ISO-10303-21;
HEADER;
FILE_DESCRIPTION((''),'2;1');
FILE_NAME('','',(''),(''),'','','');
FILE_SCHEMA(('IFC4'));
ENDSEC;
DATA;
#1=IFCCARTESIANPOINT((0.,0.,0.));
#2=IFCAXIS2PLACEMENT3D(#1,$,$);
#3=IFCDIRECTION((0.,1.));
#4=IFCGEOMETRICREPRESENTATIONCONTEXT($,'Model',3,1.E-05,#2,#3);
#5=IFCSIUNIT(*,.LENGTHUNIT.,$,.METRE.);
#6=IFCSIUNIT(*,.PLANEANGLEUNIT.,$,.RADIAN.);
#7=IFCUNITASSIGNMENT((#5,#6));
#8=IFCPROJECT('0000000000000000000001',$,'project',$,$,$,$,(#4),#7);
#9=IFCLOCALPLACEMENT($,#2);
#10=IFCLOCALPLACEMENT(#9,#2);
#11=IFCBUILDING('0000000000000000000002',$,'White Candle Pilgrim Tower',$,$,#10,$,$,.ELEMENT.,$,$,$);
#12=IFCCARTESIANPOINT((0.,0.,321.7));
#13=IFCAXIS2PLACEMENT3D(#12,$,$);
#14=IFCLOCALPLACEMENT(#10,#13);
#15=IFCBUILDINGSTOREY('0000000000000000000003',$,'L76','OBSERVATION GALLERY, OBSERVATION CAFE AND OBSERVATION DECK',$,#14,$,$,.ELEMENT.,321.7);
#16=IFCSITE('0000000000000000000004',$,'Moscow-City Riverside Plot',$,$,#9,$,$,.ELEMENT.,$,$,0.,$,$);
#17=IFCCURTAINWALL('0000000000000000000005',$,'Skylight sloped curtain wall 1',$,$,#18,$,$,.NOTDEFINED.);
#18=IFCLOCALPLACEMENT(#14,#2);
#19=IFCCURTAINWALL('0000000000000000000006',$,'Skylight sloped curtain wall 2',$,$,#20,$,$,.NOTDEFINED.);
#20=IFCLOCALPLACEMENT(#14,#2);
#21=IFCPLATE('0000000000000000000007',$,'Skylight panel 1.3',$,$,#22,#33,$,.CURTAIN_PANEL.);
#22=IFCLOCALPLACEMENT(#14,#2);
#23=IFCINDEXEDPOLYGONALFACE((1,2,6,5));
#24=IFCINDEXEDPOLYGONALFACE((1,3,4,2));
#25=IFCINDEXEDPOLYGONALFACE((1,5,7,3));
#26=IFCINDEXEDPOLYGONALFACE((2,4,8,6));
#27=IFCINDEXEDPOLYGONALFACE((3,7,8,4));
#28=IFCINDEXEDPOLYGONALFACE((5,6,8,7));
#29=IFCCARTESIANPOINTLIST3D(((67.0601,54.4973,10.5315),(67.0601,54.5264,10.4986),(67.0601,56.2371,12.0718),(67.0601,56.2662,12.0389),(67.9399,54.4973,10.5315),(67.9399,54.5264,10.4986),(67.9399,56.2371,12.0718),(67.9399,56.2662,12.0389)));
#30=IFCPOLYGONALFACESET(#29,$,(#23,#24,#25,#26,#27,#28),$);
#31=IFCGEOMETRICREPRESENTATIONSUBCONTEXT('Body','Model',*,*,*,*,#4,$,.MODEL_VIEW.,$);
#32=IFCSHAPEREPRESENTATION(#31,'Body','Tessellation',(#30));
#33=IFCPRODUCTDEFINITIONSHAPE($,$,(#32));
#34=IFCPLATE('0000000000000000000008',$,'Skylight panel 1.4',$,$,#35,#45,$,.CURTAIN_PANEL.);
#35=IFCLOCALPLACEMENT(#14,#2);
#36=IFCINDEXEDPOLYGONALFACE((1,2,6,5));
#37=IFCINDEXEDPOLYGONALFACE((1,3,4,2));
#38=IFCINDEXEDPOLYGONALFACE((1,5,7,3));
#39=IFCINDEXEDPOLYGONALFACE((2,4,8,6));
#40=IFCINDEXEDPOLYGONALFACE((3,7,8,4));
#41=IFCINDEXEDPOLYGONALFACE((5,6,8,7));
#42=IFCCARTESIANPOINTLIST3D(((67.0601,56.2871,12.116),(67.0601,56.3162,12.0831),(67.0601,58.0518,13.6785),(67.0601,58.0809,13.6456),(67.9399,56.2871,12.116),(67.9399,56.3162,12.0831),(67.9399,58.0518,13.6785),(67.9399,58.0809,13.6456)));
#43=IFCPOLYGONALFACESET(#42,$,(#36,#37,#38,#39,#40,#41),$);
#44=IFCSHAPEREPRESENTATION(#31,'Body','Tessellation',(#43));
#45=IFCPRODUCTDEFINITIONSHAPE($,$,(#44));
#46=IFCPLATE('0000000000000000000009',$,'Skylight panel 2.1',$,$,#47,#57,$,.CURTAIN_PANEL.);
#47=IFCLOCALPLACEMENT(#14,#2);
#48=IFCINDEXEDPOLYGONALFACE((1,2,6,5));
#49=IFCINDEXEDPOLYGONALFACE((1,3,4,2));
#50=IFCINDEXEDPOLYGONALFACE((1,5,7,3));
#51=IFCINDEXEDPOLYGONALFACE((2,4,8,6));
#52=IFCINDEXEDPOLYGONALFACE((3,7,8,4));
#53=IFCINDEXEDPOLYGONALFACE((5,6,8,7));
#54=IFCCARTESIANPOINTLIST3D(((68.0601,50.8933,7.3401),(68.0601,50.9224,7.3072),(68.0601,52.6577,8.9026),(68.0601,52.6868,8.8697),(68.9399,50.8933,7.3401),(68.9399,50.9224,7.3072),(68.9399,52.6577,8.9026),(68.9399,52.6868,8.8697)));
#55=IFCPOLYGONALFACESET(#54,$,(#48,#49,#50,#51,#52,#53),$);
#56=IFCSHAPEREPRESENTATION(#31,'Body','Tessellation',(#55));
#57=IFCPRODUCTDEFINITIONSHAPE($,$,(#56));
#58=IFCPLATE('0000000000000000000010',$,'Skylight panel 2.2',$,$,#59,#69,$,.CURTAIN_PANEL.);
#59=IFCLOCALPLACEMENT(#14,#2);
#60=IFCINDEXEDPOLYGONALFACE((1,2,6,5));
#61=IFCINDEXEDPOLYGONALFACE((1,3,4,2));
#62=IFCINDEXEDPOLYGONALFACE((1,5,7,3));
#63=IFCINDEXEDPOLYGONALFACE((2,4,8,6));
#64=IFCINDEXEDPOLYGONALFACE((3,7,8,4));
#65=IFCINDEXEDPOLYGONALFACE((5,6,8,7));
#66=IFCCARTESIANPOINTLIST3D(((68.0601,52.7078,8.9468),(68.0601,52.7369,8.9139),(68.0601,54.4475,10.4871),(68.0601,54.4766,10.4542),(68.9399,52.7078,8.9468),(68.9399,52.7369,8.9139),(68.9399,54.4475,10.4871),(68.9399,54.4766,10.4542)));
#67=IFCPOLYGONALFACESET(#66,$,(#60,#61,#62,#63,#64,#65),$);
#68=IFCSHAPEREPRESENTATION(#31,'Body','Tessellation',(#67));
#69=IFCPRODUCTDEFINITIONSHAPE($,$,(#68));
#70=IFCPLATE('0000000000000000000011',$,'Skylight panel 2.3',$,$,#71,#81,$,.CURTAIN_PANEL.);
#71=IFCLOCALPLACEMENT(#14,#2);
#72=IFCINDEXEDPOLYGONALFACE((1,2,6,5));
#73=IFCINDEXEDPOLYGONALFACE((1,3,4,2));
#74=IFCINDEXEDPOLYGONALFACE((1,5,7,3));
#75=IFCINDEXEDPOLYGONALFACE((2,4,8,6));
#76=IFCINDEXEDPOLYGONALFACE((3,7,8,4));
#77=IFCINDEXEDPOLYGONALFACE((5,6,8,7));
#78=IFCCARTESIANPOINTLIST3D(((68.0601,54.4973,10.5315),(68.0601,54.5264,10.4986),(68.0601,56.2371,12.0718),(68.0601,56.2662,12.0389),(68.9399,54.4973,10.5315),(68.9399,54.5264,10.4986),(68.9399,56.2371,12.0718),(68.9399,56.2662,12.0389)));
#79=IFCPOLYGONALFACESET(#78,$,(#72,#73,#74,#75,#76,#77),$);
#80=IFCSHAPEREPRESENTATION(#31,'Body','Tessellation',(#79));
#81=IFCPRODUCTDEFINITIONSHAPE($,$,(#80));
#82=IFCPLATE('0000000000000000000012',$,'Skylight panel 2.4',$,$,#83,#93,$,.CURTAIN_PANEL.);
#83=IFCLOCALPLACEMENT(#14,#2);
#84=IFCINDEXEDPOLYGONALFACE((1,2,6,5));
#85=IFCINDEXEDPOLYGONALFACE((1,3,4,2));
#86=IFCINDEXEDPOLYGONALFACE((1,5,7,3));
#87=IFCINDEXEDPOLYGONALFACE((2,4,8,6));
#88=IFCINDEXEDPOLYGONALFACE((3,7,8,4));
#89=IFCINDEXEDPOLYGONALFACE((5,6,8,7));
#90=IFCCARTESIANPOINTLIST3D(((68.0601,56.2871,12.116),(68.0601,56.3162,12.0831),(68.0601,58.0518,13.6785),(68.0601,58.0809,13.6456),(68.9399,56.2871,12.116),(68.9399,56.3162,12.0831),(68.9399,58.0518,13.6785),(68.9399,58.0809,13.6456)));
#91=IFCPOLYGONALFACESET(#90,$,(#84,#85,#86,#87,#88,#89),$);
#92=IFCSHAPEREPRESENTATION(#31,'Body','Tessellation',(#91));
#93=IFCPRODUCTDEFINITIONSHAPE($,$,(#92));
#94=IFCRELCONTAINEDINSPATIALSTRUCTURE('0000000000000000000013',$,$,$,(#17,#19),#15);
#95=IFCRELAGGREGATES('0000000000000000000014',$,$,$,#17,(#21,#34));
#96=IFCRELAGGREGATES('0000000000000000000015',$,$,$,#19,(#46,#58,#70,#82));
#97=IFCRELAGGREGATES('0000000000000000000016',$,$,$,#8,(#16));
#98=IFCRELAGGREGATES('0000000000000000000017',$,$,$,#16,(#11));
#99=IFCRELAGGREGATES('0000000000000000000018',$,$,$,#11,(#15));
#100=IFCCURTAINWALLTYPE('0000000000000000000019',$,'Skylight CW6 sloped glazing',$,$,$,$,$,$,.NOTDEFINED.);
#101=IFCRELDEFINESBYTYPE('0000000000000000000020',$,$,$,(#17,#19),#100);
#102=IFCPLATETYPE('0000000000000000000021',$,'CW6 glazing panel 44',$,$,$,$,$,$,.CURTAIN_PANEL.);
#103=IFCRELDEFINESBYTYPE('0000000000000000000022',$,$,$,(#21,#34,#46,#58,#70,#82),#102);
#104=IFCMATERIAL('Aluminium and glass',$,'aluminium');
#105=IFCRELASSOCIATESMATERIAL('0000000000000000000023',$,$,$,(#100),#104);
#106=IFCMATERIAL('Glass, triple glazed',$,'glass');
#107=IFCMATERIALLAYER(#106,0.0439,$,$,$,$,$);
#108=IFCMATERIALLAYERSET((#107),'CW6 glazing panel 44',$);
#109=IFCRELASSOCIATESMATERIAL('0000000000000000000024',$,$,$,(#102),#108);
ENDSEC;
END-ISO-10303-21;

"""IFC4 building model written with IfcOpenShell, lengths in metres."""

from ifc_helpers import new_model, si_unit, direction, frame, origin, place, context, subcontext, project, spatial, polyline, outline, extrude, material, layer, layer_set, type_object, element, aggregate, save


model = new_model("IFC4")

# Units and contexts
model_context = context("Model", 3, precision=1e-05, world=origin(), true_north=direction((0.0, 1.0)))
body_context = subcontext(model_context, "Body", "Model", "MODEL_VIEW")
ifc_project = project(units=[si_unit("LENGTHUNIT", "METRE"), si_unit("PLANEANGLEUNIT", "RADIAN")], contexts=[model_context])

# Site, building, storey
site_placement = place(None, origin())
site = spatial("IfcSite", under=ifc_project, at=site_placement, Name="Moscow-City Riverside Plot", CompositionType="ELEMENT", RefElevation=0.0)
building_placement = place(site_placement, origin())
building = spatial("IfcBuilding", under=site, at=building_placement, Name="White Candle Pilgrim Tower", CompositionType="ELEMENT")
storey_placement = place(building_placement, frame((0.0, 0.0, 321.7)))
storey = spatial("IfcBuildingStorey", under=building, at=storey_placement, Name="L76", Description="OBSERVATION GALLERY, OBSERVATION CAFE AND OBSERVATION DECK", CompositionType="ELEMENT", Elevation=321.7)

# Curtain walls
ifc_material_1 = material(Name="Aluminium and glass", Category="aluminium")
curtain_wall_type = type_object("IfcCurtainWallType", Name="Skylight CW6 sloped glazing", PredefinedType="NOTDEFINED", material=ifc_material_1)
curtain_wall_1_placement = place(storey_placement, origin())
curtain_wall_1 = element("IfcCurtainWall", 1, at=curtain_wall_1_placement, inside=storey, type_object=curtain_wall_type, Name="Skylight sloped curtain wall 1", PredefinedType="NOTDEFINED")
curtain_wall_2_placement = place(storey_placement, origin())
curtain_wall_2 = element("IfcCurtainWall", 2, at=curtain_wall_2_placement, inside=storey, type_object=curtain_wall_type, Name="Skylight sloped curtain wall 2", PredefinedType="NOTDEFINED")

# Plates
ifc_material_2 = material(Name="Glass, triple glazed", Category="glass")
ifc_layer = layer(ifc_material_2, 0.0439)
ifc_layer_set = layer_set([ifc_layer], Name="CW6 glazing panel 44")
plate_type = type_object("IfcPlateType", Name="CW6 glazing panel 44", PredefinedType="CURTAIN_PANEL", material=ifc_layer_set)
plate_1_placement = place(storey_placement, frame((67.0601, 54.4973, 10.5315), z_axis=(0.0, -0.662882, 0.748724), x_axis=(1.0, 0.0, 0.0)))
plate_1 = element("IfcPlate", 3, at=plate_1_placement, type_object=plate_type, Name="Skylight panel 1.3", PredefinedType="CURTAIN_PANEL", context=body_context, shape_type="SweptSolid", body=[
    extrude(outline(polyline([(0.0, 0.0), (0.8799, 0.0), (0.8799, 2.3236), (0.0, 2.3236), (0.0, 0.0)])), origin(), (0.0, 0.0, -1.0), 0.0439),
])
plate_2_placement = place(storey_placement, frame((67.0601, 56.2871, 12.116), z_axis=(0.0, -0.662922, 0.748688), x_axis=(1.0, 0.0, 0.0)))
plate_2 = element("IfcPlate", 4, at=plate_2_placement, type_object=plate_type, Name="Skylight panel 1.4", PredefinedType="CURTAIN_PANEL", context=body_context, shape_type="SweptSolid", body=[
    extrude(outline(polyline([(0.0, 0.0), (0.8799, 0.0), (0.8799, 2.357), (0.0, 2.357), (0.0, 0.0)])), origin(), (0.0, 0.0, -1.0), 0.0439),
])
aggregate(curtain_wall_1, [plate_1, plate_2])
plate_3_placement = place(storey_placement, frame((68.0601, 50.8933, 7.3401), z_axis=(0.0, -0.662974, 0.748643), x_axis=(1.0, 0.0, 0.0)))
plate_3 = element("IfcPlate", 5, at=plate_3_placement, type_object=plate_type, Name="Skylight panel 2.1", PredefinedType="CURTAIN_PANEL", context=body_context, shape_type="SweptSolid", body=[
    extrude(outline(polyline([(0.0, 0.0), (0.8799, 0.0), (0.8799, 2.3568), (0.0, 2.3568), (0.0, 0.0)])), origin(), (0.0, 0.0, -1.0), 0.0439),
])
plate_4_placement = place(storey_placement, frame((68.0601, 52.7078, 8.9468), z_axis=(0.0, -0.662882, 0.748724), x_axis=(1.0, 0.0, 0.0)))
plate_4 = element("IfcPlate", 6, at=plate_4_placement, type_object=plate_type, Name="Skylight panel 2.2", PredefinedType="CURTAIN_PANEL", context=body_context, shape_type="SweptSolid", body=[
    extrude(outline(polyline([(0.0, 0.0), (0.8799, 0.0), (0.8799, 2.3236), (0.0, 2.3236), (0.0, 0.0)])), origin(), (0.0, 0.0, -1.0), 0.0439),
])
plate_5_placement = place(storey_placement, frame((68.0601, 54.4973, 10.5315), z_axis=(0.0, -0.662882, 0.748724), x_axis=(1.0, 0.0, 0.0)))
plate_5 = element("IfcPlate", 7, at=plate_5_placement, type_object=plate_type, Name="Skylight panel 2.3", PredefinedType="CURTAIN_PANEL", context=body_context, shape_type="SweptSolid", body=[
    extrude(outline(polyline([(0.0, 0.0), (0.8799, 0.0), (0.8799, 2.3236), (0.0, 2.3236), (0.0, 0.0)])), origin(), (0.0, 0.0, -1.0), 0.0439),
])
plate_6_placement = place(storey_placement, frame((68.0601, 56.2871, 12.116), z_axis=(0.0, -0.662922, 0.748688), x_axis=(1.0, 0.0, 0.0)))
plate_6 = element("IfcPlate", 8, at=plate_6_placement, type_object=plate_type, Name="Skylight panel 2.4", PredefinedType="CURTAIN_PANEL", context=body_context, shape_type="SweptSolid", body=[
    extrude(outline(polyline([(0.0, 0.0), (0.8799, 0.0), (0.8799, 2.357), (0.0, 2.357), (0.0, 0.0)])), origin(), (0.0, 0.0, -1.0), 0.0439),
])
aggregate(curtain_wall_2, [plate_3, plate_4, plate_5, plate_6])

save(model, "model.ifc")
